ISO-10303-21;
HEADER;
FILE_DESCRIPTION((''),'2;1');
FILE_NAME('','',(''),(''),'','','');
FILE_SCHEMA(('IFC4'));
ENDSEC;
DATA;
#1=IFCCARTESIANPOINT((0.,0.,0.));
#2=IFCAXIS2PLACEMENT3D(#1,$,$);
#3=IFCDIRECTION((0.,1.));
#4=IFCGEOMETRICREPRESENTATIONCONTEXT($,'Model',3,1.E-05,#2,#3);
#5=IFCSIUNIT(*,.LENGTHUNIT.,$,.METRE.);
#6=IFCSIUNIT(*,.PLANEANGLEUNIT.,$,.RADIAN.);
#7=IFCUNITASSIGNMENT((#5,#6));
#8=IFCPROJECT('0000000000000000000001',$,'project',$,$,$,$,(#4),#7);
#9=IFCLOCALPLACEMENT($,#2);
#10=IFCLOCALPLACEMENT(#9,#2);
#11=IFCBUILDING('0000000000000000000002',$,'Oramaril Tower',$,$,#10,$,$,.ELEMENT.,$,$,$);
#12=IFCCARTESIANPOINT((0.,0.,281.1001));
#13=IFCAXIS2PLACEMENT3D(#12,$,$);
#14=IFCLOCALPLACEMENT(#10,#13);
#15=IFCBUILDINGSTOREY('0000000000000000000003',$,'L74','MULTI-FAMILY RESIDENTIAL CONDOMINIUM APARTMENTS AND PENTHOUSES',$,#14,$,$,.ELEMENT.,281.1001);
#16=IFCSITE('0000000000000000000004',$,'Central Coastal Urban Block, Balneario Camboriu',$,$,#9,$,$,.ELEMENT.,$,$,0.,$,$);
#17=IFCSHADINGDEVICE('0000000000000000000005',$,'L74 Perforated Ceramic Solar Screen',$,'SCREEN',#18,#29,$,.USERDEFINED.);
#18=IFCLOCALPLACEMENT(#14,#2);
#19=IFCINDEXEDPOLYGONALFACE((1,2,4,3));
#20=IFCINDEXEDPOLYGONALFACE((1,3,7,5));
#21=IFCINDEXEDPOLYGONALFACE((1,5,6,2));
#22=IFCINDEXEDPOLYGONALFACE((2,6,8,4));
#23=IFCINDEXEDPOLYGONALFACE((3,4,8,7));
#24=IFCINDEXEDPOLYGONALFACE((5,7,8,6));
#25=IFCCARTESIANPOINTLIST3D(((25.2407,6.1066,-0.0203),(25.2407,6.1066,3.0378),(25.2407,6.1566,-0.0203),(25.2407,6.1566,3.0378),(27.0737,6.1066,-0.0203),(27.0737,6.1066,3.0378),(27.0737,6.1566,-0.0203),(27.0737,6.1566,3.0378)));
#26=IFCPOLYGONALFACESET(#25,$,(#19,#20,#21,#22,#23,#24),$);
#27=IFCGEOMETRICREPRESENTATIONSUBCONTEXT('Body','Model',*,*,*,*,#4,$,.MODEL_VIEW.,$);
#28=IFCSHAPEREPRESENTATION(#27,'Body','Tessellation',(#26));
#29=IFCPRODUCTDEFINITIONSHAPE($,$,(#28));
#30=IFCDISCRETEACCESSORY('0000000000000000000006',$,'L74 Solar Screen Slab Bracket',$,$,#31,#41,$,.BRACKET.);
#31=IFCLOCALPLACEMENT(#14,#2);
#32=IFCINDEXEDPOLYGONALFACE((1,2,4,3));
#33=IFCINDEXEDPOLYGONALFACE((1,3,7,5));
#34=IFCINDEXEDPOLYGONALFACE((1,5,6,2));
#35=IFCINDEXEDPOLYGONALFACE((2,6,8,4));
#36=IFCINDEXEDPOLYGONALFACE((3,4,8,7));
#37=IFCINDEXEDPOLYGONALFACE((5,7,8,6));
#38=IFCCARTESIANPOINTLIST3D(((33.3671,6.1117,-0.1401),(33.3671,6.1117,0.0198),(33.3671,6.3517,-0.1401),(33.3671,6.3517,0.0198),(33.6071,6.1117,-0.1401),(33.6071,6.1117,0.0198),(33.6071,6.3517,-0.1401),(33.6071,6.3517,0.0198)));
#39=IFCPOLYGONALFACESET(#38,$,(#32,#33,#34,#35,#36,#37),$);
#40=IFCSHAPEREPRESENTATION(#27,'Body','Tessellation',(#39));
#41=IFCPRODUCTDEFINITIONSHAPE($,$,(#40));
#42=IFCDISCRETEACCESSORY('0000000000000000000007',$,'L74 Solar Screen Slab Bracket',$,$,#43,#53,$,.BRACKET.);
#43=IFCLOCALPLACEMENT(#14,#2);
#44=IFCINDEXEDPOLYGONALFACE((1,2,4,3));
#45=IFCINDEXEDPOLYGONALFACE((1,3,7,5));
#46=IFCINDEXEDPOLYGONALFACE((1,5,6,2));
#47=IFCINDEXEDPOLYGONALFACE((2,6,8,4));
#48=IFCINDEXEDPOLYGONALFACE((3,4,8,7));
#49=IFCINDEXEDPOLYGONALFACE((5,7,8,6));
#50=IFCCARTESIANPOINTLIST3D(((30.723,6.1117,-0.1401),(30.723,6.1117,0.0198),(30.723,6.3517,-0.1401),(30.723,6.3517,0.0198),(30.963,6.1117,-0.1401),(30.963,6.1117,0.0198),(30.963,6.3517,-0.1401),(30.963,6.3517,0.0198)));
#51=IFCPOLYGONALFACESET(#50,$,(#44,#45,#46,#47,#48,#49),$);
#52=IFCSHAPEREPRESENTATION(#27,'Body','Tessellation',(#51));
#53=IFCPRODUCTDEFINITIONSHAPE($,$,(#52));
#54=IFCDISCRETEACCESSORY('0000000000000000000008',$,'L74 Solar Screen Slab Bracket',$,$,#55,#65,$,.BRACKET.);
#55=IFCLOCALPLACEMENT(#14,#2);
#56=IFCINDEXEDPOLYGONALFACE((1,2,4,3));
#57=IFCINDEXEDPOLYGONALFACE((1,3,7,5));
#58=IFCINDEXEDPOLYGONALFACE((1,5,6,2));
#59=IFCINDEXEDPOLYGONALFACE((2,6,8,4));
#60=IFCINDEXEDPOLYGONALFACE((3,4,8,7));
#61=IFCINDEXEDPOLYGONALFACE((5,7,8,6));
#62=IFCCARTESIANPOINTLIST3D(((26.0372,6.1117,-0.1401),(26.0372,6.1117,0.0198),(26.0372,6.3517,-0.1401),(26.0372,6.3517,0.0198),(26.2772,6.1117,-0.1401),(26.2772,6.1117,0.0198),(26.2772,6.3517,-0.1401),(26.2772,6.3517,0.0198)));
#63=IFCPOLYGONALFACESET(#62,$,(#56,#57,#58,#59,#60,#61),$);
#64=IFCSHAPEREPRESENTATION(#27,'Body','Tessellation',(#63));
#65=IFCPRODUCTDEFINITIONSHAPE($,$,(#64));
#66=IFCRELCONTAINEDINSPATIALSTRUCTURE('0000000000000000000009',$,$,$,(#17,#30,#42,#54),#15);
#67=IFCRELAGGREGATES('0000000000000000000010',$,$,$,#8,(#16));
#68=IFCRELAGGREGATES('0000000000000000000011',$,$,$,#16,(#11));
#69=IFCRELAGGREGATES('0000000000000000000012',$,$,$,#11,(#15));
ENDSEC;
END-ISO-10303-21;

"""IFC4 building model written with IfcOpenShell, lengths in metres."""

from ifc_helpers import new_model, si_unit, direction, frame, origin, origin_2d, place, context, subcontext, project, spatial, rectangle, extrude, element, save


model = new_model("IFC4")

# Units and contexts
model_context = context("Model", 3, precision=1e-05, world=origin(), true_north=direction((0.0, 1.0)))
body_context = subcontext(model_context, "Body", "Model", "MODEL_VIEW")
ifc_project = project(units=[si_unit("LENGTHUNIT", "METRE"), si_unit("PLANEANGLEUNIT", "RADIAN")], contexts=[model_context])

# Site, building, storey
site_placement = place(None, origin())
site = spatial("IfcSite", under=ifc_project, at=site_placement, Name="Central Coastal Urban Block, Balneario Camboriu", CompositionType="ELEMENT", RefElevation=0.0)
building_placement = place(site_placement, origin())
building = spatial("IfcBuilding", under=site, at=building_placement, Name="Oramaril Tower", CompositionType="ELEMENT")
storey_placement = place(building_placement, frame((0.0, 0.0, 281.1001)))
storey = spatial("IfcBuildingStorey", under=building, at=storey_placement, Name="L74", Description="MULTI-FAMILY RESIDENTIAL CONDOMINIUM APARTMENTS AND PENTHOUSES", CompositionType="ELEMENT", Elevation=281.1001)

# Shading device
for number, where, z_axis, x_axis, name in (
    (1, (26.1572, 6.1316, -0.0203), (0.0, 0.0, 1.0), (1.0, 0.0, 0.0), "L74 Perforated Ceramic Solar Screen"),
):
    element("IfcShadingDevice", number, at=place(storey_placement, frame(where, z_axis=z_axis, x_axis=x_axis)), inside=storey, Name=name, ObjectType="SCREEN", PredefinedType="USERDEFINED", context=body_context, shape_type="SweptSolid", body=[
        extrude(rectangle(XDim=1.833, YDim=0.05, at=origin_2d()), origin(), (0.0, 0.0, 1.0), 3.0581),
    ])

# Discrete accessories
for number, where, z_axis, x_axis, name in (
    (2, (33.4871, 6.2317, -0.1401), (0.0, 0.0, 1.0), (1.0, 0.0, 0.0), "L74 Solar Screen Slab Bracket"),
    (3, (30.843, 6.2317, -0.1401), (0.0, 0.0, 1.0), (1.0, 0.0, 0.0), "L74 Solar Screen Slab Bracket"),
    (4, (26.1572, 6.2317, -0.1401), (0.0, 0.0, 1.0), (1.0, 0.0, 0.0), "L74 Solar Screen Slab Bracket"),
):
    element("IfcDiscreteAccessory", number, at=place(storey_placement, frame(where, z_axis=z_axis, x_axis=x_axis)), inside=storey, Name=name, PredefinedType="BRACKET", context=body_context, shape_type="SweptSolid", body=[
        extrude(rectangle(XDim=0.24, YDim=0.24, at=origin_2d()), origin(), (0.0, 0.0, 1.0), 0.1599),
    ])

save(model, "model.ifc")
